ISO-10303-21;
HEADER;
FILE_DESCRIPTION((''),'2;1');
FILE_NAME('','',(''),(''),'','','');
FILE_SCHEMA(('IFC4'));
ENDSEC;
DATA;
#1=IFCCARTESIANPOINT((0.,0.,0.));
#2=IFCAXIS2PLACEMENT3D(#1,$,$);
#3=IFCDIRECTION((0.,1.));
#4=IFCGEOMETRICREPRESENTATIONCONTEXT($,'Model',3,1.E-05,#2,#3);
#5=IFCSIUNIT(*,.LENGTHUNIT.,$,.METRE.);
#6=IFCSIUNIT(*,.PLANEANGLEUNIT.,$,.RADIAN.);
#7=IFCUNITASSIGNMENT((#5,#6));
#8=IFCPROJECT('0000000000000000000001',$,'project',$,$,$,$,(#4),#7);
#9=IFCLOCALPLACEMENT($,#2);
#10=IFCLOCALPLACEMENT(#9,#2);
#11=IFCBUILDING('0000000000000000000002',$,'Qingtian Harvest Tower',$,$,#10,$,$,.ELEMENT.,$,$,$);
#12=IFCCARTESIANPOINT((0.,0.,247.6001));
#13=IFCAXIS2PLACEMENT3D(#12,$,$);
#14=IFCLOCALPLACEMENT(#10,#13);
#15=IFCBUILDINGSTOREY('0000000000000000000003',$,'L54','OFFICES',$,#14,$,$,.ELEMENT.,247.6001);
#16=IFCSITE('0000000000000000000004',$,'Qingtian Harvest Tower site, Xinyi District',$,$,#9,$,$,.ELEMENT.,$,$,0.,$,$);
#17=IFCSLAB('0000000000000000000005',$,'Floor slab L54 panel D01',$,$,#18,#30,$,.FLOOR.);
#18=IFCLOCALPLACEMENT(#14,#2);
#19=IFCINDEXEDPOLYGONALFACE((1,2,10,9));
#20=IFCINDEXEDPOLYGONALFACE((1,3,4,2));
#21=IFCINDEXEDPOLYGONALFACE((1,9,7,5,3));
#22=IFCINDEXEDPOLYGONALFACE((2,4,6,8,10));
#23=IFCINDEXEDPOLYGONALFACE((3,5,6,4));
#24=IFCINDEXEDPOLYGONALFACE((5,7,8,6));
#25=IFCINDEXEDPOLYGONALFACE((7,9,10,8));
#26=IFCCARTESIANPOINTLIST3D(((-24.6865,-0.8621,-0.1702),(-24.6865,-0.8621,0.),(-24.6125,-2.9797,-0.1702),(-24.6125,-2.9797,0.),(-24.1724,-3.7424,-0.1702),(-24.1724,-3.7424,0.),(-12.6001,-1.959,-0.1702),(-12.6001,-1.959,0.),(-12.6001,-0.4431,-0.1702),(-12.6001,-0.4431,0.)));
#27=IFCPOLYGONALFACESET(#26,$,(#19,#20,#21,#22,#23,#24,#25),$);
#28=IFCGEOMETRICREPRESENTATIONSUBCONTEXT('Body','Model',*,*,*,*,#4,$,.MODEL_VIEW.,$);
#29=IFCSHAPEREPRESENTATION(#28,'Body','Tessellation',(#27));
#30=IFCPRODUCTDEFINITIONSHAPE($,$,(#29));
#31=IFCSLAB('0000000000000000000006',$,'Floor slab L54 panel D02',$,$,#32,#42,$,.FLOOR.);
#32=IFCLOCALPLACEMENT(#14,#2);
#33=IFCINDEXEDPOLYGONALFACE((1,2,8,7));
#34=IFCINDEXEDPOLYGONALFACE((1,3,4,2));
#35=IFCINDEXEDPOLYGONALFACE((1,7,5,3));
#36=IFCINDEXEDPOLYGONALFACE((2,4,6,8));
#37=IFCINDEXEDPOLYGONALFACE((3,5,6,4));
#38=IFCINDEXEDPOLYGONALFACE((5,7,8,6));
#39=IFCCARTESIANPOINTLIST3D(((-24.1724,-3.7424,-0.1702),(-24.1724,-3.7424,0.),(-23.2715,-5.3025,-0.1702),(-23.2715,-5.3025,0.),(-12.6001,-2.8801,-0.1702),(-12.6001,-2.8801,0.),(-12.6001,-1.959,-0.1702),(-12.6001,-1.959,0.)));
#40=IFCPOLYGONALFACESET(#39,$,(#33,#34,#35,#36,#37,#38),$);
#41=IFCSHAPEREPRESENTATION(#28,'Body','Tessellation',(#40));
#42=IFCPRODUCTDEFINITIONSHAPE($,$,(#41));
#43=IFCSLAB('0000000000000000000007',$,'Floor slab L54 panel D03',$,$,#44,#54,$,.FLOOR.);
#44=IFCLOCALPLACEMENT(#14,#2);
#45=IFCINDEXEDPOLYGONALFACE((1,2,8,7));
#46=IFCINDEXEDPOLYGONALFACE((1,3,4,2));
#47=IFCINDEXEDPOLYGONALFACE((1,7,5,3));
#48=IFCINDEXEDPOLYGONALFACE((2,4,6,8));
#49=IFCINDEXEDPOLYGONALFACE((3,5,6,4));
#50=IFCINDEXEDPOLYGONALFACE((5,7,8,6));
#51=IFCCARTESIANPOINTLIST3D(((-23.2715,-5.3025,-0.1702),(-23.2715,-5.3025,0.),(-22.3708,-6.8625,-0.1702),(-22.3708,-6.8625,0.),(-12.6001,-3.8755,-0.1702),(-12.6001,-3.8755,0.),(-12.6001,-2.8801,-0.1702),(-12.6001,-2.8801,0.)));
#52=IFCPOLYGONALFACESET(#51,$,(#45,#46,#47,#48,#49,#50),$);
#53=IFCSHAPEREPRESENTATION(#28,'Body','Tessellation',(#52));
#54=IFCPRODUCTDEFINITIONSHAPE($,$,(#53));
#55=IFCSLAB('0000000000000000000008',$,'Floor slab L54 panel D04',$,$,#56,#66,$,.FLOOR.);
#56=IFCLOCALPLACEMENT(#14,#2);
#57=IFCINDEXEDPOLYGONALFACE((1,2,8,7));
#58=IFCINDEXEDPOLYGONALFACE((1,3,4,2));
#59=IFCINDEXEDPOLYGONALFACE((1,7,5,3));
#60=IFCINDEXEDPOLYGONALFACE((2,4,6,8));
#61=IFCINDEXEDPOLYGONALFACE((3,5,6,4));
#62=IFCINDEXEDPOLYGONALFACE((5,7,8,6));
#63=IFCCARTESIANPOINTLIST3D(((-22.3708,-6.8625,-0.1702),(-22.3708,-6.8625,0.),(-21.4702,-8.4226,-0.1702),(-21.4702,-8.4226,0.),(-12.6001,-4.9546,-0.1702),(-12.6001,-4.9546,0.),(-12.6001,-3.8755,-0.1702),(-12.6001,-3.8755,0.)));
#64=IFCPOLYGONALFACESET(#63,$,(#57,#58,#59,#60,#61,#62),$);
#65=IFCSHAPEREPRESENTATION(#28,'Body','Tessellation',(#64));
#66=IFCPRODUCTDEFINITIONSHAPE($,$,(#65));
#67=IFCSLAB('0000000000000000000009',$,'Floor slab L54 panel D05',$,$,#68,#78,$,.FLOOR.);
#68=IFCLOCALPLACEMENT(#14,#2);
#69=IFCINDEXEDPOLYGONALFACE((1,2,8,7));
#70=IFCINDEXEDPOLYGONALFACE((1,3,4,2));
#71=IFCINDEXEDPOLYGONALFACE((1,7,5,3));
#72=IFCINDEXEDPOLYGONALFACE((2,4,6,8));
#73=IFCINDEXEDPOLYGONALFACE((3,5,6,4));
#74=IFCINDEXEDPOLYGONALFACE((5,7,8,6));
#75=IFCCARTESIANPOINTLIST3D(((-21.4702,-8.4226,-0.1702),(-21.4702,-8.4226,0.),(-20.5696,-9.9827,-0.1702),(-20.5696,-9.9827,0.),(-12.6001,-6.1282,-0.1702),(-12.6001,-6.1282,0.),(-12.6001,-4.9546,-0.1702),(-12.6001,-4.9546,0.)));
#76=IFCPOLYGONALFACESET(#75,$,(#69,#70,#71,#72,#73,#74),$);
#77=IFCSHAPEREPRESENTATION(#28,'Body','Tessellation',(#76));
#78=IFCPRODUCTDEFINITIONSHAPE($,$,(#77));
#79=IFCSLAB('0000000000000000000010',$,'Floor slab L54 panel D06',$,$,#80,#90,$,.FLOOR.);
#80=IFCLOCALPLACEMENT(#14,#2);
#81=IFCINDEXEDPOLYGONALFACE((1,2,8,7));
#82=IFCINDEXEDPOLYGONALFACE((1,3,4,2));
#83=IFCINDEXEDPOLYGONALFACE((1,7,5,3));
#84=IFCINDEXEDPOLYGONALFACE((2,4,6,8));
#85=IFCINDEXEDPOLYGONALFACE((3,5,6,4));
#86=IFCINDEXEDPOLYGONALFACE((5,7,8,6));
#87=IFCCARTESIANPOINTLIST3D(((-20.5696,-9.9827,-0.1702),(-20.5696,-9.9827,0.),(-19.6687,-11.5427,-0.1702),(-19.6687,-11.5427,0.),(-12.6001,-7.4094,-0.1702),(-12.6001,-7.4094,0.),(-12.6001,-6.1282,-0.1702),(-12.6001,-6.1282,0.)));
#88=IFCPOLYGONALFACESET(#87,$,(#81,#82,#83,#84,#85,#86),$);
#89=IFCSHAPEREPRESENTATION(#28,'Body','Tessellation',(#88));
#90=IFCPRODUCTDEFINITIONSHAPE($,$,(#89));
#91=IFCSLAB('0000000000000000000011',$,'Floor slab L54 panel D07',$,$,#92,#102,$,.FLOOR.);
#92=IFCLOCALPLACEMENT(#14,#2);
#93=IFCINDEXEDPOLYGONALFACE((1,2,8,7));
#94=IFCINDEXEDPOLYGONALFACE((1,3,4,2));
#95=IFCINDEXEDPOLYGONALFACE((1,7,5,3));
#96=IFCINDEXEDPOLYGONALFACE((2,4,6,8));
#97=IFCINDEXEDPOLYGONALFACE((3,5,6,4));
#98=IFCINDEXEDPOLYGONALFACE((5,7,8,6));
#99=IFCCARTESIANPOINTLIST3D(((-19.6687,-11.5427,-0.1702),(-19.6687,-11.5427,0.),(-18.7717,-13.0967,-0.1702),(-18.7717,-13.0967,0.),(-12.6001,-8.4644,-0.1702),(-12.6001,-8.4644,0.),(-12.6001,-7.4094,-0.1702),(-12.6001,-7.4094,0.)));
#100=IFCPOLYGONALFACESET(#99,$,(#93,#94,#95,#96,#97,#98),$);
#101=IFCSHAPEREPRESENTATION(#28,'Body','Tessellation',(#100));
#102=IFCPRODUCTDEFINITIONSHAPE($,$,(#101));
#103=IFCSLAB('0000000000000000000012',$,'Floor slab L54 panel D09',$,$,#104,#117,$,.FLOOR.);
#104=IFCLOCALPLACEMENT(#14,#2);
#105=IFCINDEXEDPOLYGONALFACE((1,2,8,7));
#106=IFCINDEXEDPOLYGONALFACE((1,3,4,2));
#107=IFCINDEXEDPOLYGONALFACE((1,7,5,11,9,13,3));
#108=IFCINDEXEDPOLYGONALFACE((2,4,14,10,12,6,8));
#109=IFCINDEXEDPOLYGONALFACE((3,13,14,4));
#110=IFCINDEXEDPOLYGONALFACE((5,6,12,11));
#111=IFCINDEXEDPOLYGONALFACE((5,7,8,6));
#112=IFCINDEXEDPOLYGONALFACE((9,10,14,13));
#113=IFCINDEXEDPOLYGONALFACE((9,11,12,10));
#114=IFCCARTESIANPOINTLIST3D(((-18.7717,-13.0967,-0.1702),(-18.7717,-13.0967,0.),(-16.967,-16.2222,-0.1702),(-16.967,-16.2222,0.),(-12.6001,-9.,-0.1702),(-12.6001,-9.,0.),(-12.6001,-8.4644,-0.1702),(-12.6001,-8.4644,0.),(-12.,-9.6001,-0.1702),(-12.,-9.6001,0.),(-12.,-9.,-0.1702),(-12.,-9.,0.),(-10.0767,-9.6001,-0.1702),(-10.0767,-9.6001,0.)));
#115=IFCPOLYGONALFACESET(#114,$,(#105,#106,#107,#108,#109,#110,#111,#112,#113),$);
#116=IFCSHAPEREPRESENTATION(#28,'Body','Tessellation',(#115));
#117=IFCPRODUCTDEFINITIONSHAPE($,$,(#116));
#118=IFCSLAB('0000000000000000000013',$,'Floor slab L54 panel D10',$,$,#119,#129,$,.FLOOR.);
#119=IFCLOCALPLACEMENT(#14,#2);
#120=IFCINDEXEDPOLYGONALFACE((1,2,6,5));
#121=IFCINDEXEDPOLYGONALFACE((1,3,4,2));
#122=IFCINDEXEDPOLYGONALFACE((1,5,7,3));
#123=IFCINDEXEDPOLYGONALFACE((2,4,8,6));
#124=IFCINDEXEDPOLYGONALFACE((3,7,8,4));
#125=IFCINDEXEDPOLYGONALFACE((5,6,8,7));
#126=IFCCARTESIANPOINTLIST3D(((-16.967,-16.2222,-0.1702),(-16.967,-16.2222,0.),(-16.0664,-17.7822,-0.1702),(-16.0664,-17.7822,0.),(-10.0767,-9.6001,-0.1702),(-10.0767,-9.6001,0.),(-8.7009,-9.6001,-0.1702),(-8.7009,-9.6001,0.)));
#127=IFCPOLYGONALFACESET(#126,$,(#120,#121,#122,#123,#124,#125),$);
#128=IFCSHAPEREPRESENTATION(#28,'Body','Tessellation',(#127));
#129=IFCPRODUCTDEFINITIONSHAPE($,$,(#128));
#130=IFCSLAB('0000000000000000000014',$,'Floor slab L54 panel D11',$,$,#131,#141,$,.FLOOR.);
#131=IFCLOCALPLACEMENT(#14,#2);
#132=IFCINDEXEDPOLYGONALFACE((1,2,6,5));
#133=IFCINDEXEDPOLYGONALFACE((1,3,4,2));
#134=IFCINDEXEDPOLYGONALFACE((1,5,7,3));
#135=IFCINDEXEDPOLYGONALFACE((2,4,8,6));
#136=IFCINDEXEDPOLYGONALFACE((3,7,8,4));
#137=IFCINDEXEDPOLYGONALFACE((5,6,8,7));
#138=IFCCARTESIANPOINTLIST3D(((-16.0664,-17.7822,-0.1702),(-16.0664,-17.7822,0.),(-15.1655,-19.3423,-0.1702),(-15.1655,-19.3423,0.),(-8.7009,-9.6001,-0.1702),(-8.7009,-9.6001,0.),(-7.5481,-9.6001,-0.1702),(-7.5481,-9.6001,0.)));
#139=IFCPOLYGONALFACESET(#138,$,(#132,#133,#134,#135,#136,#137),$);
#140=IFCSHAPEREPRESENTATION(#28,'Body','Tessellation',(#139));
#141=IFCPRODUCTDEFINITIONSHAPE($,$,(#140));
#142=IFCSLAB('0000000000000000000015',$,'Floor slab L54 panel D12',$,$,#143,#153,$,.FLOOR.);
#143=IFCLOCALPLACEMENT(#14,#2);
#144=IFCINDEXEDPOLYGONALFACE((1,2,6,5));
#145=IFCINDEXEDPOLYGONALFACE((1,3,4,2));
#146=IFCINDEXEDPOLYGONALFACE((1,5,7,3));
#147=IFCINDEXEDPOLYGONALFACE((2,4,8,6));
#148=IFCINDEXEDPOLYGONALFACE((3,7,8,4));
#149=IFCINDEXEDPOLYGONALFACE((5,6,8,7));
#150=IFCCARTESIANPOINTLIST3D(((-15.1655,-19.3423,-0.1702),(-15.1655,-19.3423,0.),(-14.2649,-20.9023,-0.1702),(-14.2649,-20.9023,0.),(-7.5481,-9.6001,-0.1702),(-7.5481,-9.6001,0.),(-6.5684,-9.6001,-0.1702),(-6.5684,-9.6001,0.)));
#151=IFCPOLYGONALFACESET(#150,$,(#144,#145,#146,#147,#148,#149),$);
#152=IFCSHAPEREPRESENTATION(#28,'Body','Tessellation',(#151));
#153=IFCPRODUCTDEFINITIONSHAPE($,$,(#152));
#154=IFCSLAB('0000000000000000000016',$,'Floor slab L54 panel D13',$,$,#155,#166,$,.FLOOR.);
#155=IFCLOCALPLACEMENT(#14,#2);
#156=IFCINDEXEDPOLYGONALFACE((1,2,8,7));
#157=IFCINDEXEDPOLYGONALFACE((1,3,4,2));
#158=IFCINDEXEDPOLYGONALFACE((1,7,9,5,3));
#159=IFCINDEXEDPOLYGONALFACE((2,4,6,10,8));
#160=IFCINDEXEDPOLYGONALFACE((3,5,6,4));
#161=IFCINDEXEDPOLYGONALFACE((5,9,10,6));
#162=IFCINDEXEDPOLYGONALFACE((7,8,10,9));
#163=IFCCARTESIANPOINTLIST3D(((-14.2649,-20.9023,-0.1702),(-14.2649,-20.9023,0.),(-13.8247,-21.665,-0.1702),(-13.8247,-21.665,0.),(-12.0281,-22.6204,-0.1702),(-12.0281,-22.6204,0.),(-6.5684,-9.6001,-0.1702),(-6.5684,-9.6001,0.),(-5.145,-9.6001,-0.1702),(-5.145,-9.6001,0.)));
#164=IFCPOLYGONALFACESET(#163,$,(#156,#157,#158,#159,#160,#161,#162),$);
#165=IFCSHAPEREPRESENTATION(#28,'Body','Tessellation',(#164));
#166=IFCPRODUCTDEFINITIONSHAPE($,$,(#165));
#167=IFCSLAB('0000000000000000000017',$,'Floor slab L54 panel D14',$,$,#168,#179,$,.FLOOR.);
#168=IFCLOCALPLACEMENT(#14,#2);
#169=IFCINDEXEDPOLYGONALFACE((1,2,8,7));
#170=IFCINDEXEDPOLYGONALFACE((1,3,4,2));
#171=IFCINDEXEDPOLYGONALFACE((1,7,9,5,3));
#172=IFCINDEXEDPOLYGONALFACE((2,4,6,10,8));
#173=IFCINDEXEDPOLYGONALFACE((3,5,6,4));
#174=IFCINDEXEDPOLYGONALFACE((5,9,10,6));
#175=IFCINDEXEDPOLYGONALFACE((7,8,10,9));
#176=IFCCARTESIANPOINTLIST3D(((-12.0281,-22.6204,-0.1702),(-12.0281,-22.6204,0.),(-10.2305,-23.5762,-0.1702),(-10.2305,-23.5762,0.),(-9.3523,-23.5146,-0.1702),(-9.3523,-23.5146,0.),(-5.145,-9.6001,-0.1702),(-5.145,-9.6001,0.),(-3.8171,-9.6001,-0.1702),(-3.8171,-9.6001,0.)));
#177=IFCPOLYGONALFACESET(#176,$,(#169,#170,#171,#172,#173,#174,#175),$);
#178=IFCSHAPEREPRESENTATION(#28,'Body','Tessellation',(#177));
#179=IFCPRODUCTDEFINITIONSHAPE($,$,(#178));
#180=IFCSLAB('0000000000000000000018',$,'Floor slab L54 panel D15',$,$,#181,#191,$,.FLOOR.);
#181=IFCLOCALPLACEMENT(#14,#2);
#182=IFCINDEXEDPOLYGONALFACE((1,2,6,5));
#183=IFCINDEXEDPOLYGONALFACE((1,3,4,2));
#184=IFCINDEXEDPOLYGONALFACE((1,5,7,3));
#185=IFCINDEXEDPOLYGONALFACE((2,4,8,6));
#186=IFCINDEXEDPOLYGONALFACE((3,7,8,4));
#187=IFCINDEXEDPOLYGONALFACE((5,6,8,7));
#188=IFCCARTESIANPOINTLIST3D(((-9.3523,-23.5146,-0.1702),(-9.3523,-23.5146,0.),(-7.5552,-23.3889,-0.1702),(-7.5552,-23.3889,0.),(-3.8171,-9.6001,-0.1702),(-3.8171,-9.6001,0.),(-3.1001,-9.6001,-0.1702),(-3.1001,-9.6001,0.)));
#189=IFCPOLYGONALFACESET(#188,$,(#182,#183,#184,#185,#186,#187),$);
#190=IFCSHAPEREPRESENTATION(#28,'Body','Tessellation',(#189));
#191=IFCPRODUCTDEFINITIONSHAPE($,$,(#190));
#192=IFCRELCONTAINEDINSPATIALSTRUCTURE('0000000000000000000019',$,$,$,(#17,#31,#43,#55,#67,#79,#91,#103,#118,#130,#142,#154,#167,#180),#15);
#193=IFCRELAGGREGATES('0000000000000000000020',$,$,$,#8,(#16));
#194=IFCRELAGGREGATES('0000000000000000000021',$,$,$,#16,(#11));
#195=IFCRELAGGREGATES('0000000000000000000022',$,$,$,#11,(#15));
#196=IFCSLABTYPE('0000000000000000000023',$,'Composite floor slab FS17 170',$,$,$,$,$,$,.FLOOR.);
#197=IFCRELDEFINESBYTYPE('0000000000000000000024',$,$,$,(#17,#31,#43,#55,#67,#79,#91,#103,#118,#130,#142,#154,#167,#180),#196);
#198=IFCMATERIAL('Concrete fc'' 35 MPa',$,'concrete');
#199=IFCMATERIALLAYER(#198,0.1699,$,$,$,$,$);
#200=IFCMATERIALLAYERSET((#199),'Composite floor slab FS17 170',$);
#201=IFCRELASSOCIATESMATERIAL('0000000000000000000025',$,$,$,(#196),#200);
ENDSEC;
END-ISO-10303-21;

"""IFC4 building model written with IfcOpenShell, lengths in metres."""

from ifc_helpers import new_model, si_unit, direction, frame, origin, place, context, subcontext, project, spatial, polyline, outline, extrude, material, layer, layer_set, type_object, element, save


model = new_model("IFC4")

# Units and contexts
model_context = context("Model", 3, precision=1e-05, world=origin(), true_north=direction((0.0, 1.0)))
body_context = subcontext(model_context, "Body", "Model", "MODEL_VIEW")
ifc_project = project(units=[si_unit("LENGTHUNIT", "METRE"), si_unit("PLANEANGLEUNIT", "RADIAN")], contexts=[model_context])

# Site, building, storey
site_placement = place(None, origin())
site = spatial("IfcSite", under=ifc_project, at=site_placement, Name="Qingtian Harvest Tower site, Xinyi District", CompositionType="ELEMENT", RefElevation=0.0)
building_placement = place(site_placement, origin())
building = spatial("IfcBuilding", under=site, at=building_placement, Name="Qingtian Harvest Tower", CompositionType="ELEMENT")
storey_placement = place(building_placement, frame((0.0, 0.0, 247.6001)))
storey = spatial("IfcBuildingStorey", under=building, at=storey_placement, Name="L54", Description="OFFICES", CompositionType="ELEMENT", Elevation=247.6001)

# Slabs
ifc_material_1 = material(Name="Concrete fc' 35 MPa", Category="concrete")
ifc_layer_1 = layer(ifc_material_1, 0.1699)
ifc_layer_set_1 = layer_set([ifc_layer_1], Name="Composite floor slab FS17 170")
slab_type_1 = type_object("IfcSlabType", Name="Composite floor slab FS17 170", PredefinedType="FLOOR", material=ifc_layer_set_1)
slab_1_placement = place(storey_placement, frame((0.0, 0.0, -0.1702)))
element("IfcSlab", 1, at=slab_1_placement, inside=storey, type_object=slab_type_1, Name="Floor slab L54 panel D01", PredefinedType="FLOOR", context=body_context, shape_type="SweptSolid", body=[
    extrude(outline(polyline([(-24.6865, -0.8621), (-12.6001, -0.4431), (-12.6001, -1.959), (-24.1724, -3.7424), (-24.6125, -2.9797), (-24.6865, -0.8621)])), origin(), (0.0, 0.0, 1.0), 0.1702),
])
slab_2_placement = place(storey_placement, frame((0.0, 0.0, -0.1702)))
element("IfcSlab", 2, at=slab_2_placement, inside=storey, type_object=slab_type_1, Name="Floor slab L54 panel D02", PredefinedType="FLOOR", context=body_context, shape_type="SweptSolid", body=[
    extrude(outline(polyline([(-12.6001, -2.8801), (-23.2715, -5.3025), (-24.1724, -3.7424), (-12.6001, -1.959), (-12.6001, -2.8801)])), origin(), (0.0, 0.0, 1.0), 0.1702),
])
slab_3_placement = place(storey_placement, frame((0.0, 0.0, -0.1702)))
element("IfcSlab", 3, at=slab_3_placement, inside=storey, type_object=slab_type_1, Name="Floor slab L54 panel D03", PredefinedType="FLOOR", context=body_context, shape_type="SweptSolid", body=[
    extrude(outline(polyline([(-12.6001, -3.8755), (-22.3708, -6.8625), (-23.2715, -5.3025), (-12.6001, -2.8801), (-12.6001, -3.8755)])), origin(), (0.0, 0.0, 1.0), 0.1702),
])
slab_4_placement = place(storey_placement, frame((0.0, 0.0, -0.1702)))
element("IfcSlab", 4, at=slab_4_placement, inside=storey, type_object=slab_type_1, Name="Floor slab L54 panel D04", PredefinedType="FLOOR", context=body_context, shape_type="SweptSolid", body=[
    extrude(outline(polyline([(-12.6001, -4.9546), (-21.4702, -8.4226), (-22.3708, -6.8625), (-12.6001, -3.8755), (-12.6001, -4.9546)])), origin(), (0.0, 0.0, 1.0), 0.1702),
])
slab_5_placement = place(storey_placement, frame((0.0, 0.0, -0.1702)))
element("IfcSlab", 5, at=slab_5_placement, inside=storey, type_object=slab_type_1, Name="Floor slab L54 panel D05", PredefinedType="FLOOR", context=body_context, shape_type="SweptSolid", body=[
    extrude(outline(polyline([(-12.6001, -6.1282), (-20.5696, -9.9827), (-21.4702, -8.4226), (-12.6001, -4.9546), (-12.6001, -6.1282)])), origin(), (0.0, 0.0, 1.0), 0.1702),
])
slab_6_placement = place(storey_placement, frame((0.0, 0.0, -0.1702)))
element("IfcSlab", 6, at=slab_6_placement, inside=storey, type_object=slab_type_1, Name="Floor slab L54 panel D06", PredefinedType="FLOOR", context=body_context, shape_type="SweptSolid", body=[
    extrude(outline(polyline([(-12.6001, -7.4094), (-19.6687, -11.5427), (-20.5696, -9.9827), (-12.6001, -6.1282), (-12.6001, -7.4094)])), origin(), (0.0, 0.0, 1.0), 0.1702),
])
slab_7_placement = place(storey_placement, frame((0.0, 0.0, -0.1702)))
element("IfcSlab", 7, at=slab_7_placement, inside=storey, type_object=slab_type_1, Name="Floor slab L54 panel D07", PredefinedType="FLOOR", context=body_context, shape_type="SweptSolid", body=[
    extrude(outline(polyline([(-12.6001, -8.4644), (-18.7717, -13.0967), (-19.6687, -11.5427), (-12.6001, -7.4094), (-12.6001, -8.4644)])), origin(), (0.0, 0.0, 1.0), 0.1702),
])
slab_8_placement = place(storey_placement, frame((0.0, 0.0, -0.1702)))
element("IfcSlab", 8, at=slab_8_placement, inside=storey, type_object=slab_type_1, Name="Floor slab L54 panel D09", PredefinedType="FLOOR", context=body_context, shape_type="SweptSolid", body=[
    extrude(outline(polyline([(-16.967, -16.2222), (-18.7717, -13.0967), (-12.6001, -8.4644), (-12.6001, -9.0), (-12.0, -9.0), (-12.0, -9.6001), (-10.0767, -9.6001), (-16.967, -16.2222)])), origin(), (0.0, 0.0, 1.0), 0.1702),
])
slab_9_placement = place(storey_placement, frame((0.0, 0.0, -0.1702)))
element("IfcSlab", 9, at=slab_9_placement, inside=storey, type_object=slab_type_1, Name="Floor slab L54 panel D10", PredefinedType="FLOOR", context=body_context, shape_type="SweptSolid", body=[
    extrude(outline(polyline([(-8.7009, -9.6001), (-16.0664, -17.7822), (-16.967, -16.2222), (-10.0767, -9.6001), (-8.7009, -9.6001)])), origin(), (0.0, 0.0, 1.0), 0.1702),
])
slab_10_placement = place(storey_placement, frame((0.0, 0.0, -0.1702)))
element("IfcSlab", 10, at=slab_10_placement, inside=storey, type_object=slab_type_1, Name="Floor slab L54 panel D11", PredefinedType="FLOOR", context=body_context, shape_type="SweptSolid", body=[
    extrude(outline(polyline([(-7.5481, -9.6001), (-15.1655, -19.3423), (-16.0664, -17.7822), (-8.7009, -9.6001), (-7.5481, -9.6001)])), origin(), (0.0, 0.0, 1.0), 0.1702),
])
slab_11_placement = place(storey_placement, frame((0.0, 0.0, -0.1702)))
element("IfcSlab", 11, at=slab_11_placement, inside=storey, type_object=slab_type_1, Name="Floor slab L54 panel D12", PredefinedType="FLOOR", context=body_context, shape_type="SweptSolid", body=[
    extrude(outline(polyline([(-6.5684, -9.6001), (-14.2649, -20.9023), (-15.1655, -19.3423), (-7.5481, -9.6001), (-6.5684, -9.6001)])), origin(), (0.0, 0.0, 1.0), 0.1702),
])
slab_12_placement = place(storey_placement, frame((0.0, 0.0, -0.1702)))
element("IfcSlab", 12, at=slab_12_placement, inside=storey, type_object=slab_type_1, Name="Floor slab L54 panel D13", PredefinedType="FLOOR", context=body_context, shape_type="SweptSolid", body=[
    extrude(outline(polyline([(-6.5684, -9.6001), (-5.145, -9.6001), (-12.0281, -22.6204), (-13.8247, -21.665), (-14.2649, -20.9023), (-6.5684, -9.6001)])), origin(), (0.0, 0.0, 1.0), 0.1702),
])
slab_13_placement = place(storey_placement, frame((0.0, 0.0, -0.1702)))
element("IfcSlab", 13, at=slab_13_placement, inside=storey, type_object=slab_type_1, Name="Floor slab L54 panel D14", PredefinedType="FLOOR", context=body_context, shape_type="SweptSolid", body=[
    extrude(outline(polyline([(-5.145, -9.6001), (-3.8171, -9.6001), (-9.3523, -23.5146), (-10.2305, -23.5762), (-12.0281, -22.6204), (-5.145, -9.6001)])), origin(), (0.0, 0.0, 1.0), 0.1702),
])
slab_14_placement = place(storey_placement, frame((0.0, 0.0, -0.1702)))
element("IfcSlab", 14, at=slab_14_placement, inside=storey, type_object=slab_type_1, Name="Floor slab L54 panel D15", PredefinedType="FLOOR", context=body_context, shape_type="SweptSolid", body=[
    extrude(outline(polyline([(-3.1001, -9.6001), (-7.5552, -23.3889), (-9.3523, -23.5146), (-3.8171, -9.6001), (-3.1001, -9.6001)])), origin(), (0.0, 0.0, 1.0), 0.1702),
])

save(model, "model.ifc")
